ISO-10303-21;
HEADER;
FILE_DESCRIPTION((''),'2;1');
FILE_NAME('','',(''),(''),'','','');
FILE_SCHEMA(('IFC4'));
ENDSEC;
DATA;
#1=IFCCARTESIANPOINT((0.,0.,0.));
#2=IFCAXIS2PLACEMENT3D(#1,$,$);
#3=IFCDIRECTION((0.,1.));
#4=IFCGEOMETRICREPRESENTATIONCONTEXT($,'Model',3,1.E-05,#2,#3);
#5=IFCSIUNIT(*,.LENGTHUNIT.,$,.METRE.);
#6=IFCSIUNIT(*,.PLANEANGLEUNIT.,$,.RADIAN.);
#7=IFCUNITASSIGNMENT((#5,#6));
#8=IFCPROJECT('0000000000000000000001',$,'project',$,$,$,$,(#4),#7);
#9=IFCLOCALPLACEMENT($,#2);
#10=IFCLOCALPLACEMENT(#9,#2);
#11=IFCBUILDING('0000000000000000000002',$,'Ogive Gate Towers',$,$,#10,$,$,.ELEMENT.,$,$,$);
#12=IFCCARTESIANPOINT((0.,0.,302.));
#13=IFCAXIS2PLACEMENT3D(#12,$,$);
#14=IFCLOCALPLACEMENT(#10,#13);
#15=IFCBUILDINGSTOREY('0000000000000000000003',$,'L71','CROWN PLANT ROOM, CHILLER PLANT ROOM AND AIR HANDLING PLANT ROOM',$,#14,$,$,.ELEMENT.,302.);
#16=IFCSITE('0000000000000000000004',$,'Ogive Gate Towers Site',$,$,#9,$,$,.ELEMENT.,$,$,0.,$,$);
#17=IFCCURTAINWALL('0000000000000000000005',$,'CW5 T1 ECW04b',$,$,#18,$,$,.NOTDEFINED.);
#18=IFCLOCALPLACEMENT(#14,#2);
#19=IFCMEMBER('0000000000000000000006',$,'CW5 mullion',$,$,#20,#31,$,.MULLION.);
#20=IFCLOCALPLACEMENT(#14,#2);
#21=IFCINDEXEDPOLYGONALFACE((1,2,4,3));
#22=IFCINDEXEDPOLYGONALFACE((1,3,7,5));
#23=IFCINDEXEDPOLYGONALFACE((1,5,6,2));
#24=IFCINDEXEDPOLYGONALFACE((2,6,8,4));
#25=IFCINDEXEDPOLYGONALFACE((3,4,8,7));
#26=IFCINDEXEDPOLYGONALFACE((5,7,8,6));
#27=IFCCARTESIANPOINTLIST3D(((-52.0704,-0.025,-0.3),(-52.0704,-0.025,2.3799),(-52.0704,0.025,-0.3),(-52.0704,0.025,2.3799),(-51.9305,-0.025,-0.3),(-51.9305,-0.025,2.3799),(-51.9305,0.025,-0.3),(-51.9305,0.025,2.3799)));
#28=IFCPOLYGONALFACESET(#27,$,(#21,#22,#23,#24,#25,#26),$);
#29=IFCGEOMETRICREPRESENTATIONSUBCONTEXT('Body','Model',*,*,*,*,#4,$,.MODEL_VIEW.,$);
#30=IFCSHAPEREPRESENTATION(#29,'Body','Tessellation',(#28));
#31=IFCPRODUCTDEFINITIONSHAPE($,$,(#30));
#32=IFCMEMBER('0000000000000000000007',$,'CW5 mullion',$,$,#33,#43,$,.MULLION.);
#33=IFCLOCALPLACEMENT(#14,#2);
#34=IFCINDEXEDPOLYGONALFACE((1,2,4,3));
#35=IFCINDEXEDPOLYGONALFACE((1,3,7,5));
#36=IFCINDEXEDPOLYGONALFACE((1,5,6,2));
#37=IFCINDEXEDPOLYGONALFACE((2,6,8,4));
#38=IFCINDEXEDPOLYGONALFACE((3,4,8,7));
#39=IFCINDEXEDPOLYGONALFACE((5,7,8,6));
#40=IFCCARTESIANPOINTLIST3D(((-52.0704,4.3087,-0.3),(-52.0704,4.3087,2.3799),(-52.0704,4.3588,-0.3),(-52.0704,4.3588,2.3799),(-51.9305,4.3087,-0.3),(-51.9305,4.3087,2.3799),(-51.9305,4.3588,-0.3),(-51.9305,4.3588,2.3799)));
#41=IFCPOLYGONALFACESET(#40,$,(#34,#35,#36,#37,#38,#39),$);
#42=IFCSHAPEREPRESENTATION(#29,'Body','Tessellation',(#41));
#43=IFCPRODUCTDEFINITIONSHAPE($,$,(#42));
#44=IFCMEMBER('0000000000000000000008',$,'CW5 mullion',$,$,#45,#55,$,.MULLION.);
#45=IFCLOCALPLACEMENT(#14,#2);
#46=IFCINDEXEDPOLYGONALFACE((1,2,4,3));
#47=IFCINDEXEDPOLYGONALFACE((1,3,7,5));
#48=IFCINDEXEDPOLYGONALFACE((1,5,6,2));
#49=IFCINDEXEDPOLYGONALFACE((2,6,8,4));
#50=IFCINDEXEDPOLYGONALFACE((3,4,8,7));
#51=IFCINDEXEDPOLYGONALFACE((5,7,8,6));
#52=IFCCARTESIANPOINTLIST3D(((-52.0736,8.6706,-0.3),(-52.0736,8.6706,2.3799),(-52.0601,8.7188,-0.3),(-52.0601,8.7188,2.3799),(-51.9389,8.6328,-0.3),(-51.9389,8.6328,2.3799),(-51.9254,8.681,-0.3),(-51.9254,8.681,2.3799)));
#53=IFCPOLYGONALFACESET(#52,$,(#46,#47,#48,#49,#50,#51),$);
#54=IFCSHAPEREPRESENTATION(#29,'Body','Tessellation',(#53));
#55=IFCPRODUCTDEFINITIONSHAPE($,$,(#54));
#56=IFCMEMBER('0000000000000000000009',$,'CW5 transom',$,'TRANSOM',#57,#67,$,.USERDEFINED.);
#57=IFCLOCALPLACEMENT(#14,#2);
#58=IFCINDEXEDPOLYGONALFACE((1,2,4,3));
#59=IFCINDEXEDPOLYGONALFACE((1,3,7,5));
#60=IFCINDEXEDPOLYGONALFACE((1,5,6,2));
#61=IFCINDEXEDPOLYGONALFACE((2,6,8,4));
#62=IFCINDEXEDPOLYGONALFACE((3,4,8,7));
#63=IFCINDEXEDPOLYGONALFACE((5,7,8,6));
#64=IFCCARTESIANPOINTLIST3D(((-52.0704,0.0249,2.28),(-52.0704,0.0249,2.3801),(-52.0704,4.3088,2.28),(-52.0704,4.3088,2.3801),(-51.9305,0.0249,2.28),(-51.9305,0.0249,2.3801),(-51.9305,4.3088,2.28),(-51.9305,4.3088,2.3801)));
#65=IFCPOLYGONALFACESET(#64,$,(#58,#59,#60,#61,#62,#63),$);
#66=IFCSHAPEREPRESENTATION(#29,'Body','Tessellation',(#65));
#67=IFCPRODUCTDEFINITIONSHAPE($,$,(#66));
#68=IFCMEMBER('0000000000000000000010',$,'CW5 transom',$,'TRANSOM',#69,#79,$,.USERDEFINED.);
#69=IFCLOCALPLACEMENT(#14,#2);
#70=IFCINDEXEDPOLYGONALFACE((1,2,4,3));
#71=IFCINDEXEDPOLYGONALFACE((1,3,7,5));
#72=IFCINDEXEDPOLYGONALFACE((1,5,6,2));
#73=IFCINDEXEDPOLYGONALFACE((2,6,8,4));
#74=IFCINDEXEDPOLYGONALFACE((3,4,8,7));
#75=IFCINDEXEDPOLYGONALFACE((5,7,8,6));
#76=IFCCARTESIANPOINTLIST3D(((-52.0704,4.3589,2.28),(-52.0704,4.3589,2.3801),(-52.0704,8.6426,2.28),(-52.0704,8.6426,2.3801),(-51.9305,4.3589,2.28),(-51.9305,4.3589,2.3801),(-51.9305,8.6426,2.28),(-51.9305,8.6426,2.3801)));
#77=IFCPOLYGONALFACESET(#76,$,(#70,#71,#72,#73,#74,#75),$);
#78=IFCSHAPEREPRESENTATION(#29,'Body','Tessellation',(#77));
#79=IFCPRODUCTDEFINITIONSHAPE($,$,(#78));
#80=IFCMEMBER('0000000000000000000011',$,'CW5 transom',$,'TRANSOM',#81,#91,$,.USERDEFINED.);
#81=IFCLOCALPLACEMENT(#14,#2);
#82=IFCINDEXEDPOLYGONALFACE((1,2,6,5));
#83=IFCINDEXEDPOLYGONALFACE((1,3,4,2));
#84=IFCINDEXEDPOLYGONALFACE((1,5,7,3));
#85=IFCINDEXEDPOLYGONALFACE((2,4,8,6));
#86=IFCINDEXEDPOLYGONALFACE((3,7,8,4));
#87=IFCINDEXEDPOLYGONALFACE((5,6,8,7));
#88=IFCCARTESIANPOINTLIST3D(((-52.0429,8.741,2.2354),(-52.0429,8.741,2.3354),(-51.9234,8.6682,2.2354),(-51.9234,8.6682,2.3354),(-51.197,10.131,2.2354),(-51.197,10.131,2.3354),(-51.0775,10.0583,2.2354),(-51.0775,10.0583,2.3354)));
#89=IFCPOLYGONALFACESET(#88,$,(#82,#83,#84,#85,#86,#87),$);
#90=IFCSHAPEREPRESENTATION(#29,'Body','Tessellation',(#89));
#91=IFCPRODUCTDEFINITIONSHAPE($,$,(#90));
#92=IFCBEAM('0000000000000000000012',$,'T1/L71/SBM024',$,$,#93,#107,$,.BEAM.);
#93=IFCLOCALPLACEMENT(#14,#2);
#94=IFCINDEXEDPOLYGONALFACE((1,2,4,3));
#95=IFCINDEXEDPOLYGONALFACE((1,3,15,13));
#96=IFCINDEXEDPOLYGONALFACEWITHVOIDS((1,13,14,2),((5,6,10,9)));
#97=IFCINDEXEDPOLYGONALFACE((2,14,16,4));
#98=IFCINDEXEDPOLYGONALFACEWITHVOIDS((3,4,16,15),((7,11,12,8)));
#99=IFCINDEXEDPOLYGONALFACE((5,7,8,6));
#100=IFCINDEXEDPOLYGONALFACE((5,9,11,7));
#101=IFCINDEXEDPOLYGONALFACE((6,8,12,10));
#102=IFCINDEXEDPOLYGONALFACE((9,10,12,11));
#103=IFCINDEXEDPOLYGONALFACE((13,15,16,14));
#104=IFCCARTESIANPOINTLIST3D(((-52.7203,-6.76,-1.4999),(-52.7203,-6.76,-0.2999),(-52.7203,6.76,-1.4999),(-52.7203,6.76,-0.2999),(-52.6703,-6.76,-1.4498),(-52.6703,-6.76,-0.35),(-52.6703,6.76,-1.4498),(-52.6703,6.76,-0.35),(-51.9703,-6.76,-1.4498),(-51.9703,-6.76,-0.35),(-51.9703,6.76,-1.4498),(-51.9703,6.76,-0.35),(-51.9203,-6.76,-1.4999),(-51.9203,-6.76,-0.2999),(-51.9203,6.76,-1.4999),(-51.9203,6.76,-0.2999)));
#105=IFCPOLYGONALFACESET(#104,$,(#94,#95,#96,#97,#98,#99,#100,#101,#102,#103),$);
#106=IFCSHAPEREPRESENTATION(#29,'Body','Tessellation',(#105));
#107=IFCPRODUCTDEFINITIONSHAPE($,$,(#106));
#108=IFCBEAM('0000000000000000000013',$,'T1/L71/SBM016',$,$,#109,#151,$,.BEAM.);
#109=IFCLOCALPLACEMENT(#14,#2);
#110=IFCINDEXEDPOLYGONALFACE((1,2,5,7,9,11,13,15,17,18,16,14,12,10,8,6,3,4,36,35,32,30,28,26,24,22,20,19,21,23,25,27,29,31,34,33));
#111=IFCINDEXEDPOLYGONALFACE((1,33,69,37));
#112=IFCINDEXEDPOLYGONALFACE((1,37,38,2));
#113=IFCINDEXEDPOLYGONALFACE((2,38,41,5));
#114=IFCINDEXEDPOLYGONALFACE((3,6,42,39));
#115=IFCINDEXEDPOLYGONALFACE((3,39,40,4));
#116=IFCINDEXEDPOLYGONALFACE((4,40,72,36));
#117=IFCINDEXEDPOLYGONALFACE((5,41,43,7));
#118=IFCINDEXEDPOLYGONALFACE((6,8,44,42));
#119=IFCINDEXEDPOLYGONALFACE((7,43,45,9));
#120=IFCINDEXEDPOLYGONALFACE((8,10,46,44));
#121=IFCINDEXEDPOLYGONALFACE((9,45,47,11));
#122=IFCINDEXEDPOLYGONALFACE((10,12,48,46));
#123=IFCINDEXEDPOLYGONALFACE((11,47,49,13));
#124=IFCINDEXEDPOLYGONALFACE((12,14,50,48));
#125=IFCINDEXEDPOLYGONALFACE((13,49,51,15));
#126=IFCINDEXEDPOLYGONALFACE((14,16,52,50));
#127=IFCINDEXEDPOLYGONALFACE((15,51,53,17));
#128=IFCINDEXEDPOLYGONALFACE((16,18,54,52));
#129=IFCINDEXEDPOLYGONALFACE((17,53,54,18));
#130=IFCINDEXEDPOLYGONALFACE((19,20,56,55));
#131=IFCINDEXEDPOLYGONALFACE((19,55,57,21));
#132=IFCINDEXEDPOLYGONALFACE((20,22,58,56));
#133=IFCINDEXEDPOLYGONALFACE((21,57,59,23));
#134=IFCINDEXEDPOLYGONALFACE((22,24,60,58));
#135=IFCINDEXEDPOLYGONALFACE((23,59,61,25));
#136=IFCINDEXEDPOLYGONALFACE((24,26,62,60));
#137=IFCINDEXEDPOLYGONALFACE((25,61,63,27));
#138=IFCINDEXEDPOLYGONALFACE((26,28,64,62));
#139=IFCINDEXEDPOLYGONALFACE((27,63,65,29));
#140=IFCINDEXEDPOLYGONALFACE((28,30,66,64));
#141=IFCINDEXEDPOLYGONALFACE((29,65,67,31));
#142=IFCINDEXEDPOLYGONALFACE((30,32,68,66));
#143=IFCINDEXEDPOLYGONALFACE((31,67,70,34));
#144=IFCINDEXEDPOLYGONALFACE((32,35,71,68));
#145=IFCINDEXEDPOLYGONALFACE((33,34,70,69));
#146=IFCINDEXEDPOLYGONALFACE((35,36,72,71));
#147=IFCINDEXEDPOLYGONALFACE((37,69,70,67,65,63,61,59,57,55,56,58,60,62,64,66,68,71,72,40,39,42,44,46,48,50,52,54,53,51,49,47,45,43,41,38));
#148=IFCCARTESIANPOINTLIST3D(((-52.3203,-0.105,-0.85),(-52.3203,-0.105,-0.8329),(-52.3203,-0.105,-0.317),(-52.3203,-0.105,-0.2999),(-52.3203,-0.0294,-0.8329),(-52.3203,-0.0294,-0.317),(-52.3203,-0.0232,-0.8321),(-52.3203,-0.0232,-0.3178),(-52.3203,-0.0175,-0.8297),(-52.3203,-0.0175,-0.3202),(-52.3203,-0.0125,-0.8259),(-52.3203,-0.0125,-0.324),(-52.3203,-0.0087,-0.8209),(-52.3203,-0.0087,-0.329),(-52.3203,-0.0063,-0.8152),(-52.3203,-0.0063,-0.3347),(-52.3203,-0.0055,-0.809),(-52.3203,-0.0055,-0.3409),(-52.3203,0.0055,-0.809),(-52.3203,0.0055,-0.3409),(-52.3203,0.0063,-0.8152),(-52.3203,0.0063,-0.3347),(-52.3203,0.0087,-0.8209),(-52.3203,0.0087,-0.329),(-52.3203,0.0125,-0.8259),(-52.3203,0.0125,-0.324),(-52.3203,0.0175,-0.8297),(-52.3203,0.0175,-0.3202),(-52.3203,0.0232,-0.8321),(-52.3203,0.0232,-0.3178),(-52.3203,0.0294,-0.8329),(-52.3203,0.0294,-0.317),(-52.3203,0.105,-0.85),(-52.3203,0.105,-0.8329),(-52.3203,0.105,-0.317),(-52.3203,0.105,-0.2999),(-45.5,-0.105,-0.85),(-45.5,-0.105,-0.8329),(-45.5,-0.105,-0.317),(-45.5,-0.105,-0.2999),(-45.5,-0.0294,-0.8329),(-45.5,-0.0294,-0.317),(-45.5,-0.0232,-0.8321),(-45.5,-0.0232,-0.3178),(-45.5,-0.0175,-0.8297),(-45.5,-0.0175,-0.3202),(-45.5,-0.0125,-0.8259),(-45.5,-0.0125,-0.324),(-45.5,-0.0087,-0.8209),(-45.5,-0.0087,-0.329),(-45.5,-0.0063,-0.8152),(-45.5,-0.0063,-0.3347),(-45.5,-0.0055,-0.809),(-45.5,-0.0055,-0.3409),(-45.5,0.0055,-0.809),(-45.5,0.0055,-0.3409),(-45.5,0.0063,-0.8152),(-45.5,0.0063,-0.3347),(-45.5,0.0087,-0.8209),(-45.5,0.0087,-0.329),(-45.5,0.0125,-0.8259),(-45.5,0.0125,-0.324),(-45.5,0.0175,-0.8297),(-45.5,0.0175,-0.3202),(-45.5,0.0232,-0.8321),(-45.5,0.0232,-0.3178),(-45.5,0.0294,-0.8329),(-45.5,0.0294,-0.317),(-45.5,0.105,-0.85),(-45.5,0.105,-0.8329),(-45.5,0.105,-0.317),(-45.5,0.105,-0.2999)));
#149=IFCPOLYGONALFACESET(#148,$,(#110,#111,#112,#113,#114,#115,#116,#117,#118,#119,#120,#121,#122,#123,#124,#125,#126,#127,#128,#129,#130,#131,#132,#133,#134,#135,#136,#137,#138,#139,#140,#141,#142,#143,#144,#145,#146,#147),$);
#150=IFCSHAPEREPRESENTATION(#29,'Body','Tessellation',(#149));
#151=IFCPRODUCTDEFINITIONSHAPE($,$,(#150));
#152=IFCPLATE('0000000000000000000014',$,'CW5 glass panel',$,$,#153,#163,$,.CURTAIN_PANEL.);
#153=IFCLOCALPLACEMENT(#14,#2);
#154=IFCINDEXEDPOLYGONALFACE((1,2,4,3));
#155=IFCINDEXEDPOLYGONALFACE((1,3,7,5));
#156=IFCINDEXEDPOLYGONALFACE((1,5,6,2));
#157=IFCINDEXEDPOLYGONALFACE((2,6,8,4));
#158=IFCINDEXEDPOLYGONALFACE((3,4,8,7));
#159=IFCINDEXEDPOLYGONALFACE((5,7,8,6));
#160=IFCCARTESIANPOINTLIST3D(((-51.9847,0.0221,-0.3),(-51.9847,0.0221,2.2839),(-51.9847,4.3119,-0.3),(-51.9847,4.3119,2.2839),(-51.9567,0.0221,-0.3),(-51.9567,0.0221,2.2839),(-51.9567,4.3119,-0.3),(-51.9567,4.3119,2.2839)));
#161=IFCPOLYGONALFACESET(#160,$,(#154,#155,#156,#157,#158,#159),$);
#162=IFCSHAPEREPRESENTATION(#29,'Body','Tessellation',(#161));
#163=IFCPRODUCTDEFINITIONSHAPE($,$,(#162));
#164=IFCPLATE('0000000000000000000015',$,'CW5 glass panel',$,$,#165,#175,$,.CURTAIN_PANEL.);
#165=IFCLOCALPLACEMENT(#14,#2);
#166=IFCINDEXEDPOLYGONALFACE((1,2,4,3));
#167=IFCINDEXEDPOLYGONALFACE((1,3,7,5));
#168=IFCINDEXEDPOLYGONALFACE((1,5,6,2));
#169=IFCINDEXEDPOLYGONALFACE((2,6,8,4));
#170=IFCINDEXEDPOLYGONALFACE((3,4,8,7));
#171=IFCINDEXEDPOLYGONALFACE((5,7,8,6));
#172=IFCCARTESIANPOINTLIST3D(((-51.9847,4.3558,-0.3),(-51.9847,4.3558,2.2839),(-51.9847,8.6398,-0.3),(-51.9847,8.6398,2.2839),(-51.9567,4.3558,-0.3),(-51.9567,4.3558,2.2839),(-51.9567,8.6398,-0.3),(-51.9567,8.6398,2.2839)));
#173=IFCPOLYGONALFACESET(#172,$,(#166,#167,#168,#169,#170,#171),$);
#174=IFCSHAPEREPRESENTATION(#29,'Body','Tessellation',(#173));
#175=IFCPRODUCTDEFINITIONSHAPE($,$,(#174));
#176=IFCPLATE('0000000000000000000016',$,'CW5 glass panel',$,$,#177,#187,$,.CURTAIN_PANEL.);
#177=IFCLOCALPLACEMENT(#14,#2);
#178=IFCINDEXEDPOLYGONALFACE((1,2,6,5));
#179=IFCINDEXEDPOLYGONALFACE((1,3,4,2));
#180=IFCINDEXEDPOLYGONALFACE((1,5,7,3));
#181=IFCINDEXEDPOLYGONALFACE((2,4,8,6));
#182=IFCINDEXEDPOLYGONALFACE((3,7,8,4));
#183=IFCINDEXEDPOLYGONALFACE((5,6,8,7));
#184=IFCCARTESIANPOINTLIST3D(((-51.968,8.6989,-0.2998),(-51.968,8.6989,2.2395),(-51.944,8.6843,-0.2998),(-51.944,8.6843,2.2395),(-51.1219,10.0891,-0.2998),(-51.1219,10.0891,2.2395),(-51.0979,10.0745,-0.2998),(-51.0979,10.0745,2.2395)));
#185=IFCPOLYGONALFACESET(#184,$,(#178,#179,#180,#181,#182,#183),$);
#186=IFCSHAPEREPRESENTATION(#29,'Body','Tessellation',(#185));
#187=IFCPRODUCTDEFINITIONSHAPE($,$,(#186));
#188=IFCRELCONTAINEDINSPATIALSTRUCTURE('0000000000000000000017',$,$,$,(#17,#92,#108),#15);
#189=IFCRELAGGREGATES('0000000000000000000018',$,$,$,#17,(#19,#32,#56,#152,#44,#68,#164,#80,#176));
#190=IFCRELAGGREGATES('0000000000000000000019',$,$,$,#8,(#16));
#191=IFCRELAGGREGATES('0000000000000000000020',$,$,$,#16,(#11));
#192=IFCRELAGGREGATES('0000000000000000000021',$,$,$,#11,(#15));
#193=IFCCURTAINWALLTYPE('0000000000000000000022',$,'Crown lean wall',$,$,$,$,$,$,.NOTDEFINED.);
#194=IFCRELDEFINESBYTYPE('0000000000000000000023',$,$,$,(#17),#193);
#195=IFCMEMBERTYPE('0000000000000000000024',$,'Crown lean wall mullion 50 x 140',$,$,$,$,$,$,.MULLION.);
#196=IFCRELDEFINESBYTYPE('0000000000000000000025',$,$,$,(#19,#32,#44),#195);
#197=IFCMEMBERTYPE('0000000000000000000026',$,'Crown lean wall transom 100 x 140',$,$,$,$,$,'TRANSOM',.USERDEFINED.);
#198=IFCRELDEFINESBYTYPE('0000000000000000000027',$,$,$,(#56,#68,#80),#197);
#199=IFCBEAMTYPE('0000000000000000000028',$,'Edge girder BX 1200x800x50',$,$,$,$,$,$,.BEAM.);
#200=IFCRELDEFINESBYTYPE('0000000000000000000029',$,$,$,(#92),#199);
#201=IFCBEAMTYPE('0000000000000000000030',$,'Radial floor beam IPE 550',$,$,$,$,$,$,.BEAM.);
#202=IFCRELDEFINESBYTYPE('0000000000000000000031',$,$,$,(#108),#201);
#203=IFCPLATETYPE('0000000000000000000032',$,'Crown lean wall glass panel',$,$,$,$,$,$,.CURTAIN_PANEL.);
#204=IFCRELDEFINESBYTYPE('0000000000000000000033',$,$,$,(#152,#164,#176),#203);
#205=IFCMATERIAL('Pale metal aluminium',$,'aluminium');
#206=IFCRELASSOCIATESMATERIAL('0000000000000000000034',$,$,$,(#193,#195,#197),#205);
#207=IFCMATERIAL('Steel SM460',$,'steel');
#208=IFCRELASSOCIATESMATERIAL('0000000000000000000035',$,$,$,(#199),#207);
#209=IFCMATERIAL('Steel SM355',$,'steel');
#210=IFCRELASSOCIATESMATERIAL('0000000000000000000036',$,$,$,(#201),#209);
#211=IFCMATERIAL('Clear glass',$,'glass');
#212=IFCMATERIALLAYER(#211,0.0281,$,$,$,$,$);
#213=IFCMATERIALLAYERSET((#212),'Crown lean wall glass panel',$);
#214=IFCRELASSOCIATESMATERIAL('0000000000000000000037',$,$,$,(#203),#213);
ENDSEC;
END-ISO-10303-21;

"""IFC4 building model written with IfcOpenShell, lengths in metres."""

from ifc_helpers import new_model, si_unit, direction, frame, origin, origin_2d, place, context, subcontext, project, spatial, rectangle, hollow_rectangle, i_section, extrude, material, layer, layer_set, material_profile, profile_set, type_object, element, aggregate, save


model = new_model("IFC4")

# Units and contexts
model_context = context("Model", 3, precision=1e-05, world=origin(), true_north=direction((0.0, 1.0)))
body_context = subcontext(model_context, "Body", "Model", "MODEL_VIEW")
ifc_project = project(units=[si_unit("LENGTHUNIT", "METRE"), si_unit("PLANEANGLEUNIT", "RADIAN")], contexts=[model_context])

# Site, building, storey
site_placement = place(None, origin())
site = spatial("IfcSite", under=ifc_project, at=site_placement, Name="Ogive Gate Towers Site", CompositionType="ELEMENT", RefElevation=0.0)
building_placement = place(site_placement, origin())
building = spatial("IfcBuilding", under=site, at=building_placement, Name="Ogive Gate Towers", CompositionType="ELEMENT")
storey_placement = place(building_placement, frame((0.0, 0.0, 302.0)))
storey = spatial("IfcBuildingStorey", under=building, at=storey_placement, Name="L71", Description="CROWN PLANT ROOM, CHILLER PLANT ROOM AND AIR HANDLING PLANT ROOM", CompositionType="ELEMENT", Elevation=302.0)

# Curtain wall, members
ifc_material_1 = material(Name="Pale metal aluminium", Category="aluminium")
curtain_wall_type = type_object("IfcCurtainWallType", Name="Crown lean wall", PredefinedType="NOTDEFINED", material=ifc_material_1)
curtain_wall_placement = place(storey_placement, origin())
curtain_wall = element("IfcCurtainWall", 1, at=curtain_wall_placement, inside=storey, type_object=curtain_wall_type, Name="CW5 T1 ECW04b", PredefinedType="NOTDEFINED")
ifc_material_profile_1 = material_profile(ifc_material_1, rectangle(XDim=0.1399, YDim=0.05, at=origin_2d()), Name="50 x 140 aluminium box")
ifc_profile_set_1 = profile_set([ifc_material_profile_1], Name="Pale metal aluminium")
member_type_1 = type_object("IfcMemberType", Name="Crown lean wall mullion 50 x 140", PredefinedType="MULLION", material=ifc_profile_set_1)
member_1_placement = place(storey_placement, frame((-52.0005, 0.0, -0.3), z_axis=(0.0, 0.0, 1.0), x_axis=(1.0, 0.0, 0.0)))
member_1 = element("IfcMember", 2, at=member_1_placement, type_object=member_type_1, Name="CW5 mullion", PredefinedType="MULLION", context=body_context, shape_type="SweptSolid", body=[
    extrude(rectangle(XDim=0.1399, YDim=0.05, at=origin_2d()), origin(), (0.0, 0.0, 1.0), 2.6799),
])
member_2_placement = place(storey_placement, frame((-52.0005, 4.3337, -0.3), z_axis=(0.0, 0.0, 1.0), x_axis=(1.0, 0.0, 0.0)))
member_2 = element("IfcMember", 3, at=member_2_placement, type_object=member_type_1, Name="CW5 mullion", PredefinedType="MULLION", context=body_context, shape_type="SweptSolid", body=[
    extrude(rectangle(XDim=0.1399, YDim=0.05, at=origin_2d()), origin(), (0.0, 0.0, 1.0), 2.6799),
])
member_3_placement = place(storey_placement, frame((-51.9995, 8.6758, -0.3), z_axis=(0.0, 0.0, 1.0), x_axis=(0.962866, -0.269979, 0.0)))
member_3 = element("IfcMember", 4, at=member_3_placement, type_object=member_type_1, Name="CW5 mullion", PredefinedType="MULLION", context=body_context, shape_type="SweptSolid", body=[
    extrude(rectangle(XDim=0.1399, YDim=0.05, at=origin_2d()), origin(), (0.0, 0.0, 1.0), 2.6799),
])
ifc_material_profile_2 = material_profile(ifc_material_1, rectangle(XDim=0.1399, YDim=0.1001, at=origin_2d()), Name="100 x 140 aluminium box")
ifc_profile_set_2 = profile_set([ifc_material_profile_2], Name="Pale metal aluminium")
member_type_2 = type_object("IfcMemberType", Name="Crown lean wall transom 100 x 140", ElementType="TRANSOM", PredefinedType="USERDEFINED", material=ifc_profile_set_2)
member_4_placement = place(storey_placement, frame((-52.0005, 0.0249, 2.3301), z_axis=(0.0, 1.0, 0.0), x_axis=(-1.0, 0.0, 0.0)))
member_4 = element("IfcMember", 5, at=member_4_placement, type_object=member_type_2, Name="CW5 transom", ObjectType="TRANSOM", PredefinedType="USERDEFINED", context=body_context, shape_type="SweptSolid", body=[
    extrude(rectangle(XDim=0.1399, YDim=0.1001, at=origin_2d()), origin(), (0.0, 0.0, 1.0), 4.2839),
])
member_5_placement = place(storey_placement, frame((-52.0005, 4.3589, 2.3301), z_axis=(0.0, 1.0, 0.0), x_axis=(-1.0, 0.0, 0.0)))
member_5 = element("IfcMember", 6, at=member_5_placement, type_object=member_type_2, Name="CW5 transom", ObjectType="TRANSOM", PredefinedType="USERDEFINED", context=body_context, shape_type="SweptSolid", body=[
    extrude(rectangle(XDim=0.1399, YDim=0.1001, at=origin_2d()), origin(), (0.0, 0.0, 1.0), 4.2837),
])
member_6_placement = place(storey_placement, frame((-51.9832, 8.7046, 2.2854), z_axis=(0.519847, 0.854259, 0.0), x_axis=(-0.854259, 0.519847, 0.0)))
member_6 = element("IfcMember", 7, at=member_6_placement, type_object=member_type_2, Name="CW5 transom", ObjectType="TRANSOM", PredefinedType="USERDEFINED", context=body_context, shape_type="SweptSolid", body=[
    extrude(rectangle(XDim=0.1399, YDim=0.1001, at=origin_2d()), origin(), (0.0, 0.0, 1.0), 1.6272),
])

# Beams
ifc_material_2 = material(Name="Steel SM460", Category="steel")
ifc_material_profile_3 = material_profile(ifc_material_2, hollow_rectangle(XDim=0.8, YDim=1.2, WallThickness=0.05, at=origin_2d()), Name="BX 1200x800x50")
ifc_profile_set_3 = profile_set([ifc_material_profile_3], Name="Steel SM460")
beam_type_1 = type_object("IfcBeamType", Name="Edge girder BX 1200x800x50", PredefinedType="BEAM", material=ifc_profile_set_3)
beam_1_placement = place(storey_placement, frame((-52.3203, 6.76, -0.8999), z_axis=(0.0, -1.0, 0.0), x_axis=(1.0, 0.0, 0.0)))
element("IfcBeam", 8, at=beam_1_placement, inside=storey, type_object=beam_type_1, Name="T1/L71/SBM024", PredefinedType="BEAM", context=body_context, shape_type="SweptSolid", body=[
    extrude(hollow_rectangle(XDim=0.8, YDim=1.2, WallThickness=0.05, at=origin_2d()), origin(), (0.0, 0.0, 1.0), 13.52),
])
ifc_material_3 = material(Name="Steel SM355", Category="steel")
ifc_material_profile_4 = material_profile(ifc_material_3, i_section(OverallWidth=0.21, OverallDepth=0.55, WebThickness=0.011, FlangeThickness=0.0171, FilletRadius=0.0239, at=origin_2d()), Name="IPE 550")
ifc_profile_set_4 = profile_set([ifc_material_profile_4], Name="Steel SM355")
beam_type_2 = type_object("IfcBeamType", Name="Radial floor beam IPE 550", PredefinedType="BEAM", material=ifc_profile_set_4)
beam_2_placement = place(storey_placement, frame((-45.5, 0.0, -0.575), z_axis=(-1.0, 0.0, 0.0), x_axis=(0.0, -1.0, 0.0)))
element("IfcBeam", 9, at=beam_2_placement, inside=storey, type_object=beam_type_2, Name="T1/L71/SBM016", PredefinedType="BEAM", context=body_context, shape_type="SweptSolid", body=[
    extrude(i_section(OverallWidth=0.21, OverallDepth=0.55, WebThickness=0.011, FlangeThickness=0.0171, FilletRadius=0.0239, at=origin_2d()), origin(), (0.0, 0.0, 1.0), 6.8203),
])

# Plates
ifc_material_4 = material(Name="Clear glass", Category="glass")
ifc_layer = layer(ifc_material_4, 0.0281)
ifc_layer_set = layer_set([ifc_layer], Name="Crown lean wall glass panel")
plate_type = type_object("IfcPlateType", Name="Crown lean wall glass panel", PredefinedType="CURTAIN_PANEL", material=ifc_layer_set)
plate_1_placement = place(storey_placement, frame((-51.9707, 2.167, -0.3), z_axis=(0.0, 0.0, 1.0), x_axis=(0.0, 1.0, 0.0)))
plate_1 = element("IfcPlate", 10, at=plate_1_placement, type_object=plate_type, Name="CW5 glass panel", PredefinedType="CURTAIN_PANEL", context=body_context, shape_type="SweptSolid", body=[
    extrude(rectangle(XDim=4.2898, YDim=0.0281, at=origin_2d()), origin(), (0.0, 0.0, 1.0), 2.584),
])
plate_2_placement = place(storey_placement, frame((-51.9707, 6.4978, -0.3), z_axis=(0.0, 0.0, 1.0), x_axis=(0.0, 1.0, 0.0)))
plate_2 = element("IfcPlate", 11, at=plate_2_placement, type_object=plate_type, Name="CW5 glass panel", PredefinedType="CURTAIN_PANEL", context=body_context, shape_type="SweptSolid", body=[
    extrude(rectangle(XDim=4.2839, YDim=0.0281, at=origin_2d()), origin(), (0.0, 0.0, 1.0), 2.584),
])
plate_3_placement = place(storey_placement, frame((-51.533, 9.3867, -0.2998), z_axis=(0.0, 0.0, 1.0), x_axis=(0.519907, 0.854223, 0.0)))
plate_3 = element("IfcPlate", 12, at=plate_3_placement, type_object=plate_type, Name="CW5 glass panel", PredefinedType="CURTAIN_PANEL", context=body_context, shape_type="SweptSolid", body=[
    extrude(rectangle(XDim=1.6274, YDim=0.0281, at=origin_2d()), origin(), (0.0, 0.0, 1.0), 2.5393),
])
aggregate(curtain_wall, [member_1, member_2, member_4, plate_1, member_3, member_5, plate_2, member_6, plate_3])

save(model, "model.ifc")
